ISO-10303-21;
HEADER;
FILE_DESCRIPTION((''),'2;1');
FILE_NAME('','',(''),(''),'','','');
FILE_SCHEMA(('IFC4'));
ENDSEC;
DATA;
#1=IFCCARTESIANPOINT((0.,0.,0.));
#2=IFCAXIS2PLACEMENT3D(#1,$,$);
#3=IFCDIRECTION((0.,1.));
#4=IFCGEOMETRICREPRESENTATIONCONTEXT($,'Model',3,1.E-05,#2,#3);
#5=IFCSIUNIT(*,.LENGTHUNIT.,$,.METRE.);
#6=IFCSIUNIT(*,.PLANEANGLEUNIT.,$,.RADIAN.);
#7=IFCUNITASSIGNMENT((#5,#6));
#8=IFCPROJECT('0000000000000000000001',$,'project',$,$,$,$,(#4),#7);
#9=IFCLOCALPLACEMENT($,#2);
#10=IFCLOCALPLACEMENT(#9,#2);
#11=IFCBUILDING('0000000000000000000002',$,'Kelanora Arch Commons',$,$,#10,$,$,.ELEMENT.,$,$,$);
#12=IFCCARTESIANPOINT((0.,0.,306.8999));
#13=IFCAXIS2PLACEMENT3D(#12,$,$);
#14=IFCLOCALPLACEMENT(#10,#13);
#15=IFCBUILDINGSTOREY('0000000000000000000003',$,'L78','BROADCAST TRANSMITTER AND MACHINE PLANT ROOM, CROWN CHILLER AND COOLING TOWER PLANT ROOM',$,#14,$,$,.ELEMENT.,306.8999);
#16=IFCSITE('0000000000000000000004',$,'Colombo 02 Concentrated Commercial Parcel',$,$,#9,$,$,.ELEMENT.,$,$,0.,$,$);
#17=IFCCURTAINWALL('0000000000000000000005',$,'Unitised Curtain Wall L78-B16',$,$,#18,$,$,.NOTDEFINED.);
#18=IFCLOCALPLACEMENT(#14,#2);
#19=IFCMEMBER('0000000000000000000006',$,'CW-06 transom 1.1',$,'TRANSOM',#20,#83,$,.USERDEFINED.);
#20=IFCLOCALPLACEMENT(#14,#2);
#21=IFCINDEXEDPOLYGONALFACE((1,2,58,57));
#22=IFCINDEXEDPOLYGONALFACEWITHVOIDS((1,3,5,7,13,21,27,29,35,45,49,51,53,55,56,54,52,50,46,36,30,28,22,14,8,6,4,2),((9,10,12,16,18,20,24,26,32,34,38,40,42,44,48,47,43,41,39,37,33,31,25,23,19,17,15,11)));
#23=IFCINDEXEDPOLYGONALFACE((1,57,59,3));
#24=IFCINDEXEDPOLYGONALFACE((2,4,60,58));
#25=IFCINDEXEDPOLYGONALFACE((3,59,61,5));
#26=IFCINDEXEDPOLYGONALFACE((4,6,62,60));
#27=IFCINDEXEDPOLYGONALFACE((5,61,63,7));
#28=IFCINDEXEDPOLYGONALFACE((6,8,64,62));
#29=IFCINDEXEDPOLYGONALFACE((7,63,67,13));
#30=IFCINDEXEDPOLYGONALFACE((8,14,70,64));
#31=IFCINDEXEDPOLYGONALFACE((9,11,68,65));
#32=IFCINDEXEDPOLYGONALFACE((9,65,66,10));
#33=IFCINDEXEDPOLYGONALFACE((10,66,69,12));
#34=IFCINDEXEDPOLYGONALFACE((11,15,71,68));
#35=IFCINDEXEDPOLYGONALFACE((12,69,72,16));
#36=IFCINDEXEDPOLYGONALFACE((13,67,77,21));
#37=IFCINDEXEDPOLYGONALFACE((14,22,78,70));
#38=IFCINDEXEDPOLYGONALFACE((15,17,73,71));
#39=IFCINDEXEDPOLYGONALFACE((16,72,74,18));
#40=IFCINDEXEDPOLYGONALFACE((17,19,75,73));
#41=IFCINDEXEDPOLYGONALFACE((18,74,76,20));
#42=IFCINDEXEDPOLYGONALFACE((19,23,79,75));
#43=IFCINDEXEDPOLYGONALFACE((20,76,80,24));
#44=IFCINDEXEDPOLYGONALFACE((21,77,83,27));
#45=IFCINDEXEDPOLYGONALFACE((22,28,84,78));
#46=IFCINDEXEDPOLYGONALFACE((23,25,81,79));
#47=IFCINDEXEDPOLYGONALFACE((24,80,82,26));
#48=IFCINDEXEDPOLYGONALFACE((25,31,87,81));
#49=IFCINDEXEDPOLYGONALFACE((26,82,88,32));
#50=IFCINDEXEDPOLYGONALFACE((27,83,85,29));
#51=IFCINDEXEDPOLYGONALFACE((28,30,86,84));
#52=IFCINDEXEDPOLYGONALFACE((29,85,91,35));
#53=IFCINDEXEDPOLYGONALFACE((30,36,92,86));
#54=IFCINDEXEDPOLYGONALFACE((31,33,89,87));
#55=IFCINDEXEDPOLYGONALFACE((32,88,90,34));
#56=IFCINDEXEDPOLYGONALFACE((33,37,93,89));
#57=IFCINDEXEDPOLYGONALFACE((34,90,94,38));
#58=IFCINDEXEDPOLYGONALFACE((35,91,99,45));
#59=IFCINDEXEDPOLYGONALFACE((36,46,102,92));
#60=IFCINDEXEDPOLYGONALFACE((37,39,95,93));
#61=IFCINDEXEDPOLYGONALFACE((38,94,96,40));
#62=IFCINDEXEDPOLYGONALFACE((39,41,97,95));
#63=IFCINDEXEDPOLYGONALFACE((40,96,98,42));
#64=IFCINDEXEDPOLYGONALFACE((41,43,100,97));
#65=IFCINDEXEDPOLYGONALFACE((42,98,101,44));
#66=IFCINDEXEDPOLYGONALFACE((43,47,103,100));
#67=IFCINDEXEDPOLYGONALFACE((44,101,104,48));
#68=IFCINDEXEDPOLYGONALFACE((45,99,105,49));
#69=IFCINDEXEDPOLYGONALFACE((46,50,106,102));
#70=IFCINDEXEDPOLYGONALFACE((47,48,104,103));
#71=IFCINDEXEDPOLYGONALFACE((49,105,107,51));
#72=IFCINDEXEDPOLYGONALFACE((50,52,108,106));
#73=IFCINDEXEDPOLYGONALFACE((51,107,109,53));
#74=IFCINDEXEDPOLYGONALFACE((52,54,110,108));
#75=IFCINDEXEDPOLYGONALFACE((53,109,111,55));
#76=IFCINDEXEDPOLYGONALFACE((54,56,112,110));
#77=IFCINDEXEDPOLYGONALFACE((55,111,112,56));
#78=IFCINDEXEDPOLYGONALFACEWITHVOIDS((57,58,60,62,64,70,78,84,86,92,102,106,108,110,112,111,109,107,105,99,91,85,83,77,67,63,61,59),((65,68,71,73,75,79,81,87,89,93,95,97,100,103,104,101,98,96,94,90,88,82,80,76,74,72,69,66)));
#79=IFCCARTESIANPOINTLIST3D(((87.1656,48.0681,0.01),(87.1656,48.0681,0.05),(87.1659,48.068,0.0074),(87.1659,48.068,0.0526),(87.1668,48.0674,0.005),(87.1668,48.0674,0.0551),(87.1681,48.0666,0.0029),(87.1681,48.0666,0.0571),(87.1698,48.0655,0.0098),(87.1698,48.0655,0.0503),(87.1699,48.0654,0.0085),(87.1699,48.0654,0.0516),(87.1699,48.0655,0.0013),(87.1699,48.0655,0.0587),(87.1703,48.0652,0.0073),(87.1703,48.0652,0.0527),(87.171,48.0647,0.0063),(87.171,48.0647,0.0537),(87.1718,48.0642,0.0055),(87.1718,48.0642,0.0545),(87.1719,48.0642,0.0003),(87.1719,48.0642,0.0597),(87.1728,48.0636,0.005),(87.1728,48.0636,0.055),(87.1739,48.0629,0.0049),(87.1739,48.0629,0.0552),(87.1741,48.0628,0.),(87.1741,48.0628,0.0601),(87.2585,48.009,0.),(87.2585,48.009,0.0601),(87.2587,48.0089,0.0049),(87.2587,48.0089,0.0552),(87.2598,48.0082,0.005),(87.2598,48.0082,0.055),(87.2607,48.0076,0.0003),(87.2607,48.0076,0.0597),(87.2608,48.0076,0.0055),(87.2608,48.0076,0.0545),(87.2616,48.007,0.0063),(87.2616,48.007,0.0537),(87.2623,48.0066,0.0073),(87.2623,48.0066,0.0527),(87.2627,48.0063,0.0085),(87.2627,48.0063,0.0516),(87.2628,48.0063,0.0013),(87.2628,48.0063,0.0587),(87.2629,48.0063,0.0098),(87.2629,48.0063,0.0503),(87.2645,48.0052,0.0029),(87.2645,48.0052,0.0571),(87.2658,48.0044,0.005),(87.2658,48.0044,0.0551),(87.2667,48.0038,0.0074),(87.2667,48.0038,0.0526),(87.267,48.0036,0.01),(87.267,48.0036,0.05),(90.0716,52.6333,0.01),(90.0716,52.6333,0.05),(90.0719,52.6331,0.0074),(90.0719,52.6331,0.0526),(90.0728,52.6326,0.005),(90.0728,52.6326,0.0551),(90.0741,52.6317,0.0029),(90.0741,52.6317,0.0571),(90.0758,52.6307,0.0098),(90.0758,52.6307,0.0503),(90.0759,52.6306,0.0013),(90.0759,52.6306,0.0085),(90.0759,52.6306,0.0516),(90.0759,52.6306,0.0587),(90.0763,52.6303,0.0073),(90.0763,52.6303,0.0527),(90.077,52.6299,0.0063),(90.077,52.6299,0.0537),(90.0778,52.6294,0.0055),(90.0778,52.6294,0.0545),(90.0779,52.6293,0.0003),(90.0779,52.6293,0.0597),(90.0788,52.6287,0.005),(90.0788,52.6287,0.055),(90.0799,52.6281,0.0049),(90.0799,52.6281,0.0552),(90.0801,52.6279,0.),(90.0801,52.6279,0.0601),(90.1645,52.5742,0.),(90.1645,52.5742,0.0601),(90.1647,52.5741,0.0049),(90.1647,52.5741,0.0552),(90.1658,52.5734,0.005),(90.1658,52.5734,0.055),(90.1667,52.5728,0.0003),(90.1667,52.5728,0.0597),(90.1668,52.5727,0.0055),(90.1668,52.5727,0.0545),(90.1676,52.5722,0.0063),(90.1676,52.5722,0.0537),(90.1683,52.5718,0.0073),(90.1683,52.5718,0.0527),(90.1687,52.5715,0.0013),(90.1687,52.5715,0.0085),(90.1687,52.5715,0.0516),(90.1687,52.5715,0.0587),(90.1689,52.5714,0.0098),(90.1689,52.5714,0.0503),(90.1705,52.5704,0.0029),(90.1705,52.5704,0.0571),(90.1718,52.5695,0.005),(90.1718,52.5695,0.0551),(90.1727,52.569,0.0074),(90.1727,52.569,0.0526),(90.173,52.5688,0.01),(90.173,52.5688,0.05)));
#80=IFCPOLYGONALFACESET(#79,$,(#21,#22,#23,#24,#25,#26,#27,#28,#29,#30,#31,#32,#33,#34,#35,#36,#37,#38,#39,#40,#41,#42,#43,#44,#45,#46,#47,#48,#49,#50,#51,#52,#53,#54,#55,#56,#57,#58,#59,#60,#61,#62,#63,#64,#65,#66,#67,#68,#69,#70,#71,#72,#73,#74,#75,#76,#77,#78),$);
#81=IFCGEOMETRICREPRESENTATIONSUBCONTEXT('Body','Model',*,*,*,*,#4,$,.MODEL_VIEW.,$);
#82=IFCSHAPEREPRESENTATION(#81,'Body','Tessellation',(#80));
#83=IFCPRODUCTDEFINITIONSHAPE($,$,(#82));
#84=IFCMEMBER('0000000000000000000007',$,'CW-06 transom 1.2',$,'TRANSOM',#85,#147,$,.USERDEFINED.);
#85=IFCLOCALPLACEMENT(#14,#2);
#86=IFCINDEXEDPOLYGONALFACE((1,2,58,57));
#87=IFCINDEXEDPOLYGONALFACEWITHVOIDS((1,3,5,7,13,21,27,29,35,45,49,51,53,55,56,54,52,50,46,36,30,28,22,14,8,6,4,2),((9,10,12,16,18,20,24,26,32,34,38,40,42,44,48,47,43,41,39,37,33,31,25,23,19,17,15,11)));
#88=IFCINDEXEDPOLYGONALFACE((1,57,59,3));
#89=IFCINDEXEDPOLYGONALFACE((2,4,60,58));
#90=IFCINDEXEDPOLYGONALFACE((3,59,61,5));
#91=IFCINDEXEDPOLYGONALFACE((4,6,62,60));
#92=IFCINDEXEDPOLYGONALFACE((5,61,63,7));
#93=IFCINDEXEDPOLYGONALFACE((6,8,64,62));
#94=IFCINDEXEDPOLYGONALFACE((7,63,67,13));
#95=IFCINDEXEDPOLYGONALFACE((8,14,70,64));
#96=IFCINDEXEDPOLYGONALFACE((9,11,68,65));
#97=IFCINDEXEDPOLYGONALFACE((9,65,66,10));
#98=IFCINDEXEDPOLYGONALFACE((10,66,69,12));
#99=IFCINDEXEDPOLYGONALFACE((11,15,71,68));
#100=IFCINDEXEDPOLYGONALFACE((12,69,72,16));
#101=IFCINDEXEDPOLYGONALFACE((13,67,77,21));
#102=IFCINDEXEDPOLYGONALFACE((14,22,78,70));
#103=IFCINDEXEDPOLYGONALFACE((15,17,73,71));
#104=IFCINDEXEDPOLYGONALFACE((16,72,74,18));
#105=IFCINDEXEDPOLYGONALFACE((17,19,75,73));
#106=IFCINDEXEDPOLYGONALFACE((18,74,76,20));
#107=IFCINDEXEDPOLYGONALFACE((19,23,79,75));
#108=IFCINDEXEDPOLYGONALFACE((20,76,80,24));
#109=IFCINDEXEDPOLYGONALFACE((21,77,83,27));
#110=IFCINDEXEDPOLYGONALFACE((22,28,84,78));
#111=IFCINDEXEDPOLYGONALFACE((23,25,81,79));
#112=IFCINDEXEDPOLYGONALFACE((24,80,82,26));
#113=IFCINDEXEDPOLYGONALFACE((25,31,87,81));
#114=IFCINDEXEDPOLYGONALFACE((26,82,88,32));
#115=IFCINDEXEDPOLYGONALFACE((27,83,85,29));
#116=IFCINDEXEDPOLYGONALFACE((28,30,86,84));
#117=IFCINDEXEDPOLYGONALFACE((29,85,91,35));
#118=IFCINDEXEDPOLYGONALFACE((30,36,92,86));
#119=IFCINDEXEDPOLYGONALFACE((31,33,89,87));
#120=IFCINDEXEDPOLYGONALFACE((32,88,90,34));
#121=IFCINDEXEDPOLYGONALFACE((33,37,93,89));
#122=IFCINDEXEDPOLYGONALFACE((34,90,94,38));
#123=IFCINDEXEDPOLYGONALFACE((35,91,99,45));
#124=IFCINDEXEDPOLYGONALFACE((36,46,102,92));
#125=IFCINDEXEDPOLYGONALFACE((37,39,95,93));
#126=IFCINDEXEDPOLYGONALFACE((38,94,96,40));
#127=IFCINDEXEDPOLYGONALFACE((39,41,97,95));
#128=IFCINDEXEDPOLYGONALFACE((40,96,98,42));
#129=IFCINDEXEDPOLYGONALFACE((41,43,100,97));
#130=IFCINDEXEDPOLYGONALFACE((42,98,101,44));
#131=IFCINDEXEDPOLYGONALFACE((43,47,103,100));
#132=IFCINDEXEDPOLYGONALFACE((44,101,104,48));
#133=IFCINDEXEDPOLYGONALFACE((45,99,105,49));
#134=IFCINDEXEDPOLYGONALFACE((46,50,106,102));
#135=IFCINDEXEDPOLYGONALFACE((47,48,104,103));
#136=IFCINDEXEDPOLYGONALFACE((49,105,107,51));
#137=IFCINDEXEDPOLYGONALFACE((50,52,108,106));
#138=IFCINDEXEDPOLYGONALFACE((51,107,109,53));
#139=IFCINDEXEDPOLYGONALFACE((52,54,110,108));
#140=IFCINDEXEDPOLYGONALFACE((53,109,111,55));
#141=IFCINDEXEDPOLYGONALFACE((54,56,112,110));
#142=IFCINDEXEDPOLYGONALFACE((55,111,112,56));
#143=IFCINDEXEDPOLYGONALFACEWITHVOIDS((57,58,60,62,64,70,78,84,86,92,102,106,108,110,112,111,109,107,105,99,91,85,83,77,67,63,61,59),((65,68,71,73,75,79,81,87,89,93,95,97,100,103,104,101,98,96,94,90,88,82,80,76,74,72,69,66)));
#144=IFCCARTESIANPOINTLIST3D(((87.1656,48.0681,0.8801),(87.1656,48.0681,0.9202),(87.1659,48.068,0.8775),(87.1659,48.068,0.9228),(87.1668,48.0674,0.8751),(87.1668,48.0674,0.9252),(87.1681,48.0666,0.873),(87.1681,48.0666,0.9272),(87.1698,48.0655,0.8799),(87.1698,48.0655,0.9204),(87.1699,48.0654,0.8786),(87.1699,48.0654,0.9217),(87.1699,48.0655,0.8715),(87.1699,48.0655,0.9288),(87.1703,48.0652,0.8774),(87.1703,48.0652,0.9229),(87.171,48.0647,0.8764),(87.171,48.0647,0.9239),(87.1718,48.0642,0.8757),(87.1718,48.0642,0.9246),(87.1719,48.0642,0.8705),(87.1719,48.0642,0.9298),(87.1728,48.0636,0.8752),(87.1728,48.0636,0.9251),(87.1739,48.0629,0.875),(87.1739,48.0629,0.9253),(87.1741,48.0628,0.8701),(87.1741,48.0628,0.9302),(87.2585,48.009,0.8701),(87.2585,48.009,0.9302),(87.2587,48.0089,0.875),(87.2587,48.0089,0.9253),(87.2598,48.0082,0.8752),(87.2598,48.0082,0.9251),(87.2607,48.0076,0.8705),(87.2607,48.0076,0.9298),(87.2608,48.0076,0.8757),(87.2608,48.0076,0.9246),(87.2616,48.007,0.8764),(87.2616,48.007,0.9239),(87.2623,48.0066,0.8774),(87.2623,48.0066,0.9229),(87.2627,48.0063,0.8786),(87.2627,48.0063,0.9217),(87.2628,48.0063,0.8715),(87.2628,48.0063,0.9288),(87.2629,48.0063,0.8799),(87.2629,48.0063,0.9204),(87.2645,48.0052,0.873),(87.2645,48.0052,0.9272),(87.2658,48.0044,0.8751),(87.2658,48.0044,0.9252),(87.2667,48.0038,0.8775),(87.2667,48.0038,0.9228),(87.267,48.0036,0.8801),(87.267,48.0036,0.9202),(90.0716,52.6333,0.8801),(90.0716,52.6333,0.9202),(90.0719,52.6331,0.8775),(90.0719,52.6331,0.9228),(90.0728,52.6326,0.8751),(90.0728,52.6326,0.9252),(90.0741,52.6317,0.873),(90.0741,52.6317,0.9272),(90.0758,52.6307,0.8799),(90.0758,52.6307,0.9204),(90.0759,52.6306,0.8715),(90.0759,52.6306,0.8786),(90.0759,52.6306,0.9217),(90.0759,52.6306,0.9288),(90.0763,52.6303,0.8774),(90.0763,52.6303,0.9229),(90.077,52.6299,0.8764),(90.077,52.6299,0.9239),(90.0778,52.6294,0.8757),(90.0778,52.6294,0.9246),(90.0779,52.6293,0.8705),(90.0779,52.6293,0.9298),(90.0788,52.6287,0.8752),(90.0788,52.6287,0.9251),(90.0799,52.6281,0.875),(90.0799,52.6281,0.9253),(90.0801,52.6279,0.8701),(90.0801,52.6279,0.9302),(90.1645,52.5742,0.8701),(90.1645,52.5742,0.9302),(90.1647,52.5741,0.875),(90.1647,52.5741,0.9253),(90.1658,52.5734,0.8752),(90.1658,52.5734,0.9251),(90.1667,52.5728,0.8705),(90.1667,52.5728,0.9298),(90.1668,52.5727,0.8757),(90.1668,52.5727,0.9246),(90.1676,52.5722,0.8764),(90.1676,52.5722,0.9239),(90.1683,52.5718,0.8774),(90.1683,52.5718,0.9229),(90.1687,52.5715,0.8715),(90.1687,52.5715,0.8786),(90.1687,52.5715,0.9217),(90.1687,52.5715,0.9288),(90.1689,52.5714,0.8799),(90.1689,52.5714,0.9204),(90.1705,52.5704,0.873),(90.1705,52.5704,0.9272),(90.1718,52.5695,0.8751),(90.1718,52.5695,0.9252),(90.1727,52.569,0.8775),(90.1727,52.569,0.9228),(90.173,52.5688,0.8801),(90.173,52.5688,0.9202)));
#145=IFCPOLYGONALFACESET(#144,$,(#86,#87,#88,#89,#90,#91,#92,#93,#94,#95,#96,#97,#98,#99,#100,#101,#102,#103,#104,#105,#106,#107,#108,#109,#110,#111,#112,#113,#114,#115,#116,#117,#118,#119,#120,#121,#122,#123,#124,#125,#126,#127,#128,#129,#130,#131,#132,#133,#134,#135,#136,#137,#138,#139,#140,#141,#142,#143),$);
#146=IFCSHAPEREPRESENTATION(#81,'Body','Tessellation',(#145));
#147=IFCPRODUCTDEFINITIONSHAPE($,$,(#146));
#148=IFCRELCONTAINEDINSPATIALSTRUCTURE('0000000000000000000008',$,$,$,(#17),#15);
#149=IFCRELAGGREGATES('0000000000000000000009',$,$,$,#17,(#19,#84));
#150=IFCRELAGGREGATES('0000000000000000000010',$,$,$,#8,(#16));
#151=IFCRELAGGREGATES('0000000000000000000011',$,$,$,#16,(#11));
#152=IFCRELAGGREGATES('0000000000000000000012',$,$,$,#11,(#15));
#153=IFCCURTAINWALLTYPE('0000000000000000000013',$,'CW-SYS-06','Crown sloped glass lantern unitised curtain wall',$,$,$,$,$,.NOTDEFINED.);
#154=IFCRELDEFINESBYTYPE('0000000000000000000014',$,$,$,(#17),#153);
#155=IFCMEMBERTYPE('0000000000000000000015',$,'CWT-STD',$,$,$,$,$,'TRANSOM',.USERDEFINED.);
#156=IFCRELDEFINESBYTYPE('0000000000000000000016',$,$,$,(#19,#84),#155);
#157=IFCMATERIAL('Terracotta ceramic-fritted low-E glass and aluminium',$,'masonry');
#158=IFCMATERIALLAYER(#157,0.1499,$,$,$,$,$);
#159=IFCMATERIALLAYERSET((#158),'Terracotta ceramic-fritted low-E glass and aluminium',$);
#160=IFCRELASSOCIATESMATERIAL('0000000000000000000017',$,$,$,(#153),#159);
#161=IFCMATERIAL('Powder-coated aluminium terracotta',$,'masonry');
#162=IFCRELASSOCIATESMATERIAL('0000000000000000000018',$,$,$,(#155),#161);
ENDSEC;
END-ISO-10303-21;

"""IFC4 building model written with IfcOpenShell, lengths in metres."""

from ifc_helpers import new_model, si_unit, direction, frame, origin, origin_2d, place, context, subcontext, project, spatial, hollow_rectangle, extrude, material, layer, layer_set, material_profile, profile_set, type_object, element, aggregate, save


model = new_model("IFC4")

# Units and contexts
model_context = context("Model", 3, precision=1e-05, world=origin(), true_north=direction((0.0, 1.0)))
body_context = subcontext(model_context, "Body", "Model", "MODEL_VIEW")
ifc_project = project(units=[si_unit("LENGTHUNIT", "METRE"), si_unit("PLANEANGLEUNIT", "RADIAN")], contexts=[model_context])

# Site, building, storey
site_placement = place(None, origin())
site = spatial("IfcSite", under=ifc_project, at=site_placement, Name="Colombo 02 Concentrated Commercial Parcel", CompositionType="ELEMENT", RefElevation=0.0)
building_placement = place(site_placement, origin())
building = spatial("IfcBuilding", under=site, at=building_placement, Name="Kelanora Arch Commons", CompositionType="ELEMENT")
storey_placement = place(building_placement, frame((0.0, 0.0, 306.8999)))
storey = spatial("IfcBuildingStorey", under=building, at=storey_placement, Name="L78", Description="BROADCAST TRANSMITTER AND MACHINE PLANT ROOM, CROWN CHILLER AND COOLING TOWER PLANT ROOM", CompositionType="ELEMENT", Elevation=306.8999)

# Shared definitions
ifc_material_1 = material(Name="Terracotta ceramic-fritted low-E glass and aluminium", Category="masonry")
ifc_layer_1 = layer(ifc_material_1, 0.1499)
ifc_layer_set_1 = layer_set([ifc_layer_1], Name="Terracotta ceramic-fritted low-E glass and aluminium")
curtain_wall_type = type_object("IfcCurtainWallType", Name="CW-SYS-06", Description="Crown sloped glass lantern unitised curtain wall", PredefinedType="NOTDEFINED", material=ifc_layer_set_1)
ifc_material_2 = material(Name="Powder-coated aluminium terracotta", Category="masonry")

# Curtain wall
curtain_wall_1_placement = place(storey_placement, origin())
curtain_wall_1 = element("IfcCurtainWall", 1, at=curtain_wall_1_placement, inside=storey, type_object=curtain_wall_type, Name="Unitised Curtain Wall L78-B16", PredefinedType="NOTDEFINED")

# Members
ifc_material_profile_1 = material_profile(ifc_material_2, hollow_rectangle(XDim=0.1201, YDim=0.0601, WallThickness=0.0049, InnerFilletRadius=0.0049, OuterFilletRadius=0.01, at=origin_2d()), Name="CWT120x60")
ifc_profile_set_1 = profile_set([ifc_material_profile_1], Name="Powder-coated aluminium terracotta")
member_type_1 = type_object("IfcMemberType", Name="CWT-STD", ElementType="TRANSOM", PredefinedType="USERDEFINED", material=ifc_profile_set_1)
member_1_placement = place(storey_placement, frame((87.2163, 48.0359, 0.03), z_axis=(0.536992, 0.843587, 0.0), x_axis=(-0.843587, 0.536992, 0.0)))
member_1 = element("IfcMember", 2, at=member_1_placement, type_object=member_type_1, Name="CW-06 transom 1.1", ObjectType="TRANSOM", PredefinedType="USERDEFINED", context=body_context, shape_type="SweptSolid", body=[
    extrude(hollow_rectangle(XDim=0.1201, YDim=0.0601, WallThickness=0.0049, InnerFilletRadius=0.0049, OuterFilletRadius=0.01, at=origin_2d()), origin(), (0.0, 0.0, 1.0), 5.4116),
])
member_2_placement = place(storey_placement, frame((87.2163, 48.0359, 0.9001), z_axis=(0.536992, 0.843587, 0.0), x_axis=(-0.843587, 0.536992, 0.0)))
member_2 = element("IfcMember", 3, at=member_2_placement, type_object=member_type_1, Name="CW-06 transom 1.2", ObjectType="TRANSOM", PredefinedType="USERDEFINED", context=body_context, shape_type="SweptSolid", body=[
    extrude(hollow_rectangle(XDim=0.1201, YDim=0.0601, WallThickness=0.0049, InnerFilletRadius=0.0049, OuterFilletRadius=0.01, at=origin_2d()), origin(), (0.0, 0.0, 1.0), 5.4116),
])
aggregate(curtain_wall_1, [member_1, member_2])

save(model, "model.ifc")
